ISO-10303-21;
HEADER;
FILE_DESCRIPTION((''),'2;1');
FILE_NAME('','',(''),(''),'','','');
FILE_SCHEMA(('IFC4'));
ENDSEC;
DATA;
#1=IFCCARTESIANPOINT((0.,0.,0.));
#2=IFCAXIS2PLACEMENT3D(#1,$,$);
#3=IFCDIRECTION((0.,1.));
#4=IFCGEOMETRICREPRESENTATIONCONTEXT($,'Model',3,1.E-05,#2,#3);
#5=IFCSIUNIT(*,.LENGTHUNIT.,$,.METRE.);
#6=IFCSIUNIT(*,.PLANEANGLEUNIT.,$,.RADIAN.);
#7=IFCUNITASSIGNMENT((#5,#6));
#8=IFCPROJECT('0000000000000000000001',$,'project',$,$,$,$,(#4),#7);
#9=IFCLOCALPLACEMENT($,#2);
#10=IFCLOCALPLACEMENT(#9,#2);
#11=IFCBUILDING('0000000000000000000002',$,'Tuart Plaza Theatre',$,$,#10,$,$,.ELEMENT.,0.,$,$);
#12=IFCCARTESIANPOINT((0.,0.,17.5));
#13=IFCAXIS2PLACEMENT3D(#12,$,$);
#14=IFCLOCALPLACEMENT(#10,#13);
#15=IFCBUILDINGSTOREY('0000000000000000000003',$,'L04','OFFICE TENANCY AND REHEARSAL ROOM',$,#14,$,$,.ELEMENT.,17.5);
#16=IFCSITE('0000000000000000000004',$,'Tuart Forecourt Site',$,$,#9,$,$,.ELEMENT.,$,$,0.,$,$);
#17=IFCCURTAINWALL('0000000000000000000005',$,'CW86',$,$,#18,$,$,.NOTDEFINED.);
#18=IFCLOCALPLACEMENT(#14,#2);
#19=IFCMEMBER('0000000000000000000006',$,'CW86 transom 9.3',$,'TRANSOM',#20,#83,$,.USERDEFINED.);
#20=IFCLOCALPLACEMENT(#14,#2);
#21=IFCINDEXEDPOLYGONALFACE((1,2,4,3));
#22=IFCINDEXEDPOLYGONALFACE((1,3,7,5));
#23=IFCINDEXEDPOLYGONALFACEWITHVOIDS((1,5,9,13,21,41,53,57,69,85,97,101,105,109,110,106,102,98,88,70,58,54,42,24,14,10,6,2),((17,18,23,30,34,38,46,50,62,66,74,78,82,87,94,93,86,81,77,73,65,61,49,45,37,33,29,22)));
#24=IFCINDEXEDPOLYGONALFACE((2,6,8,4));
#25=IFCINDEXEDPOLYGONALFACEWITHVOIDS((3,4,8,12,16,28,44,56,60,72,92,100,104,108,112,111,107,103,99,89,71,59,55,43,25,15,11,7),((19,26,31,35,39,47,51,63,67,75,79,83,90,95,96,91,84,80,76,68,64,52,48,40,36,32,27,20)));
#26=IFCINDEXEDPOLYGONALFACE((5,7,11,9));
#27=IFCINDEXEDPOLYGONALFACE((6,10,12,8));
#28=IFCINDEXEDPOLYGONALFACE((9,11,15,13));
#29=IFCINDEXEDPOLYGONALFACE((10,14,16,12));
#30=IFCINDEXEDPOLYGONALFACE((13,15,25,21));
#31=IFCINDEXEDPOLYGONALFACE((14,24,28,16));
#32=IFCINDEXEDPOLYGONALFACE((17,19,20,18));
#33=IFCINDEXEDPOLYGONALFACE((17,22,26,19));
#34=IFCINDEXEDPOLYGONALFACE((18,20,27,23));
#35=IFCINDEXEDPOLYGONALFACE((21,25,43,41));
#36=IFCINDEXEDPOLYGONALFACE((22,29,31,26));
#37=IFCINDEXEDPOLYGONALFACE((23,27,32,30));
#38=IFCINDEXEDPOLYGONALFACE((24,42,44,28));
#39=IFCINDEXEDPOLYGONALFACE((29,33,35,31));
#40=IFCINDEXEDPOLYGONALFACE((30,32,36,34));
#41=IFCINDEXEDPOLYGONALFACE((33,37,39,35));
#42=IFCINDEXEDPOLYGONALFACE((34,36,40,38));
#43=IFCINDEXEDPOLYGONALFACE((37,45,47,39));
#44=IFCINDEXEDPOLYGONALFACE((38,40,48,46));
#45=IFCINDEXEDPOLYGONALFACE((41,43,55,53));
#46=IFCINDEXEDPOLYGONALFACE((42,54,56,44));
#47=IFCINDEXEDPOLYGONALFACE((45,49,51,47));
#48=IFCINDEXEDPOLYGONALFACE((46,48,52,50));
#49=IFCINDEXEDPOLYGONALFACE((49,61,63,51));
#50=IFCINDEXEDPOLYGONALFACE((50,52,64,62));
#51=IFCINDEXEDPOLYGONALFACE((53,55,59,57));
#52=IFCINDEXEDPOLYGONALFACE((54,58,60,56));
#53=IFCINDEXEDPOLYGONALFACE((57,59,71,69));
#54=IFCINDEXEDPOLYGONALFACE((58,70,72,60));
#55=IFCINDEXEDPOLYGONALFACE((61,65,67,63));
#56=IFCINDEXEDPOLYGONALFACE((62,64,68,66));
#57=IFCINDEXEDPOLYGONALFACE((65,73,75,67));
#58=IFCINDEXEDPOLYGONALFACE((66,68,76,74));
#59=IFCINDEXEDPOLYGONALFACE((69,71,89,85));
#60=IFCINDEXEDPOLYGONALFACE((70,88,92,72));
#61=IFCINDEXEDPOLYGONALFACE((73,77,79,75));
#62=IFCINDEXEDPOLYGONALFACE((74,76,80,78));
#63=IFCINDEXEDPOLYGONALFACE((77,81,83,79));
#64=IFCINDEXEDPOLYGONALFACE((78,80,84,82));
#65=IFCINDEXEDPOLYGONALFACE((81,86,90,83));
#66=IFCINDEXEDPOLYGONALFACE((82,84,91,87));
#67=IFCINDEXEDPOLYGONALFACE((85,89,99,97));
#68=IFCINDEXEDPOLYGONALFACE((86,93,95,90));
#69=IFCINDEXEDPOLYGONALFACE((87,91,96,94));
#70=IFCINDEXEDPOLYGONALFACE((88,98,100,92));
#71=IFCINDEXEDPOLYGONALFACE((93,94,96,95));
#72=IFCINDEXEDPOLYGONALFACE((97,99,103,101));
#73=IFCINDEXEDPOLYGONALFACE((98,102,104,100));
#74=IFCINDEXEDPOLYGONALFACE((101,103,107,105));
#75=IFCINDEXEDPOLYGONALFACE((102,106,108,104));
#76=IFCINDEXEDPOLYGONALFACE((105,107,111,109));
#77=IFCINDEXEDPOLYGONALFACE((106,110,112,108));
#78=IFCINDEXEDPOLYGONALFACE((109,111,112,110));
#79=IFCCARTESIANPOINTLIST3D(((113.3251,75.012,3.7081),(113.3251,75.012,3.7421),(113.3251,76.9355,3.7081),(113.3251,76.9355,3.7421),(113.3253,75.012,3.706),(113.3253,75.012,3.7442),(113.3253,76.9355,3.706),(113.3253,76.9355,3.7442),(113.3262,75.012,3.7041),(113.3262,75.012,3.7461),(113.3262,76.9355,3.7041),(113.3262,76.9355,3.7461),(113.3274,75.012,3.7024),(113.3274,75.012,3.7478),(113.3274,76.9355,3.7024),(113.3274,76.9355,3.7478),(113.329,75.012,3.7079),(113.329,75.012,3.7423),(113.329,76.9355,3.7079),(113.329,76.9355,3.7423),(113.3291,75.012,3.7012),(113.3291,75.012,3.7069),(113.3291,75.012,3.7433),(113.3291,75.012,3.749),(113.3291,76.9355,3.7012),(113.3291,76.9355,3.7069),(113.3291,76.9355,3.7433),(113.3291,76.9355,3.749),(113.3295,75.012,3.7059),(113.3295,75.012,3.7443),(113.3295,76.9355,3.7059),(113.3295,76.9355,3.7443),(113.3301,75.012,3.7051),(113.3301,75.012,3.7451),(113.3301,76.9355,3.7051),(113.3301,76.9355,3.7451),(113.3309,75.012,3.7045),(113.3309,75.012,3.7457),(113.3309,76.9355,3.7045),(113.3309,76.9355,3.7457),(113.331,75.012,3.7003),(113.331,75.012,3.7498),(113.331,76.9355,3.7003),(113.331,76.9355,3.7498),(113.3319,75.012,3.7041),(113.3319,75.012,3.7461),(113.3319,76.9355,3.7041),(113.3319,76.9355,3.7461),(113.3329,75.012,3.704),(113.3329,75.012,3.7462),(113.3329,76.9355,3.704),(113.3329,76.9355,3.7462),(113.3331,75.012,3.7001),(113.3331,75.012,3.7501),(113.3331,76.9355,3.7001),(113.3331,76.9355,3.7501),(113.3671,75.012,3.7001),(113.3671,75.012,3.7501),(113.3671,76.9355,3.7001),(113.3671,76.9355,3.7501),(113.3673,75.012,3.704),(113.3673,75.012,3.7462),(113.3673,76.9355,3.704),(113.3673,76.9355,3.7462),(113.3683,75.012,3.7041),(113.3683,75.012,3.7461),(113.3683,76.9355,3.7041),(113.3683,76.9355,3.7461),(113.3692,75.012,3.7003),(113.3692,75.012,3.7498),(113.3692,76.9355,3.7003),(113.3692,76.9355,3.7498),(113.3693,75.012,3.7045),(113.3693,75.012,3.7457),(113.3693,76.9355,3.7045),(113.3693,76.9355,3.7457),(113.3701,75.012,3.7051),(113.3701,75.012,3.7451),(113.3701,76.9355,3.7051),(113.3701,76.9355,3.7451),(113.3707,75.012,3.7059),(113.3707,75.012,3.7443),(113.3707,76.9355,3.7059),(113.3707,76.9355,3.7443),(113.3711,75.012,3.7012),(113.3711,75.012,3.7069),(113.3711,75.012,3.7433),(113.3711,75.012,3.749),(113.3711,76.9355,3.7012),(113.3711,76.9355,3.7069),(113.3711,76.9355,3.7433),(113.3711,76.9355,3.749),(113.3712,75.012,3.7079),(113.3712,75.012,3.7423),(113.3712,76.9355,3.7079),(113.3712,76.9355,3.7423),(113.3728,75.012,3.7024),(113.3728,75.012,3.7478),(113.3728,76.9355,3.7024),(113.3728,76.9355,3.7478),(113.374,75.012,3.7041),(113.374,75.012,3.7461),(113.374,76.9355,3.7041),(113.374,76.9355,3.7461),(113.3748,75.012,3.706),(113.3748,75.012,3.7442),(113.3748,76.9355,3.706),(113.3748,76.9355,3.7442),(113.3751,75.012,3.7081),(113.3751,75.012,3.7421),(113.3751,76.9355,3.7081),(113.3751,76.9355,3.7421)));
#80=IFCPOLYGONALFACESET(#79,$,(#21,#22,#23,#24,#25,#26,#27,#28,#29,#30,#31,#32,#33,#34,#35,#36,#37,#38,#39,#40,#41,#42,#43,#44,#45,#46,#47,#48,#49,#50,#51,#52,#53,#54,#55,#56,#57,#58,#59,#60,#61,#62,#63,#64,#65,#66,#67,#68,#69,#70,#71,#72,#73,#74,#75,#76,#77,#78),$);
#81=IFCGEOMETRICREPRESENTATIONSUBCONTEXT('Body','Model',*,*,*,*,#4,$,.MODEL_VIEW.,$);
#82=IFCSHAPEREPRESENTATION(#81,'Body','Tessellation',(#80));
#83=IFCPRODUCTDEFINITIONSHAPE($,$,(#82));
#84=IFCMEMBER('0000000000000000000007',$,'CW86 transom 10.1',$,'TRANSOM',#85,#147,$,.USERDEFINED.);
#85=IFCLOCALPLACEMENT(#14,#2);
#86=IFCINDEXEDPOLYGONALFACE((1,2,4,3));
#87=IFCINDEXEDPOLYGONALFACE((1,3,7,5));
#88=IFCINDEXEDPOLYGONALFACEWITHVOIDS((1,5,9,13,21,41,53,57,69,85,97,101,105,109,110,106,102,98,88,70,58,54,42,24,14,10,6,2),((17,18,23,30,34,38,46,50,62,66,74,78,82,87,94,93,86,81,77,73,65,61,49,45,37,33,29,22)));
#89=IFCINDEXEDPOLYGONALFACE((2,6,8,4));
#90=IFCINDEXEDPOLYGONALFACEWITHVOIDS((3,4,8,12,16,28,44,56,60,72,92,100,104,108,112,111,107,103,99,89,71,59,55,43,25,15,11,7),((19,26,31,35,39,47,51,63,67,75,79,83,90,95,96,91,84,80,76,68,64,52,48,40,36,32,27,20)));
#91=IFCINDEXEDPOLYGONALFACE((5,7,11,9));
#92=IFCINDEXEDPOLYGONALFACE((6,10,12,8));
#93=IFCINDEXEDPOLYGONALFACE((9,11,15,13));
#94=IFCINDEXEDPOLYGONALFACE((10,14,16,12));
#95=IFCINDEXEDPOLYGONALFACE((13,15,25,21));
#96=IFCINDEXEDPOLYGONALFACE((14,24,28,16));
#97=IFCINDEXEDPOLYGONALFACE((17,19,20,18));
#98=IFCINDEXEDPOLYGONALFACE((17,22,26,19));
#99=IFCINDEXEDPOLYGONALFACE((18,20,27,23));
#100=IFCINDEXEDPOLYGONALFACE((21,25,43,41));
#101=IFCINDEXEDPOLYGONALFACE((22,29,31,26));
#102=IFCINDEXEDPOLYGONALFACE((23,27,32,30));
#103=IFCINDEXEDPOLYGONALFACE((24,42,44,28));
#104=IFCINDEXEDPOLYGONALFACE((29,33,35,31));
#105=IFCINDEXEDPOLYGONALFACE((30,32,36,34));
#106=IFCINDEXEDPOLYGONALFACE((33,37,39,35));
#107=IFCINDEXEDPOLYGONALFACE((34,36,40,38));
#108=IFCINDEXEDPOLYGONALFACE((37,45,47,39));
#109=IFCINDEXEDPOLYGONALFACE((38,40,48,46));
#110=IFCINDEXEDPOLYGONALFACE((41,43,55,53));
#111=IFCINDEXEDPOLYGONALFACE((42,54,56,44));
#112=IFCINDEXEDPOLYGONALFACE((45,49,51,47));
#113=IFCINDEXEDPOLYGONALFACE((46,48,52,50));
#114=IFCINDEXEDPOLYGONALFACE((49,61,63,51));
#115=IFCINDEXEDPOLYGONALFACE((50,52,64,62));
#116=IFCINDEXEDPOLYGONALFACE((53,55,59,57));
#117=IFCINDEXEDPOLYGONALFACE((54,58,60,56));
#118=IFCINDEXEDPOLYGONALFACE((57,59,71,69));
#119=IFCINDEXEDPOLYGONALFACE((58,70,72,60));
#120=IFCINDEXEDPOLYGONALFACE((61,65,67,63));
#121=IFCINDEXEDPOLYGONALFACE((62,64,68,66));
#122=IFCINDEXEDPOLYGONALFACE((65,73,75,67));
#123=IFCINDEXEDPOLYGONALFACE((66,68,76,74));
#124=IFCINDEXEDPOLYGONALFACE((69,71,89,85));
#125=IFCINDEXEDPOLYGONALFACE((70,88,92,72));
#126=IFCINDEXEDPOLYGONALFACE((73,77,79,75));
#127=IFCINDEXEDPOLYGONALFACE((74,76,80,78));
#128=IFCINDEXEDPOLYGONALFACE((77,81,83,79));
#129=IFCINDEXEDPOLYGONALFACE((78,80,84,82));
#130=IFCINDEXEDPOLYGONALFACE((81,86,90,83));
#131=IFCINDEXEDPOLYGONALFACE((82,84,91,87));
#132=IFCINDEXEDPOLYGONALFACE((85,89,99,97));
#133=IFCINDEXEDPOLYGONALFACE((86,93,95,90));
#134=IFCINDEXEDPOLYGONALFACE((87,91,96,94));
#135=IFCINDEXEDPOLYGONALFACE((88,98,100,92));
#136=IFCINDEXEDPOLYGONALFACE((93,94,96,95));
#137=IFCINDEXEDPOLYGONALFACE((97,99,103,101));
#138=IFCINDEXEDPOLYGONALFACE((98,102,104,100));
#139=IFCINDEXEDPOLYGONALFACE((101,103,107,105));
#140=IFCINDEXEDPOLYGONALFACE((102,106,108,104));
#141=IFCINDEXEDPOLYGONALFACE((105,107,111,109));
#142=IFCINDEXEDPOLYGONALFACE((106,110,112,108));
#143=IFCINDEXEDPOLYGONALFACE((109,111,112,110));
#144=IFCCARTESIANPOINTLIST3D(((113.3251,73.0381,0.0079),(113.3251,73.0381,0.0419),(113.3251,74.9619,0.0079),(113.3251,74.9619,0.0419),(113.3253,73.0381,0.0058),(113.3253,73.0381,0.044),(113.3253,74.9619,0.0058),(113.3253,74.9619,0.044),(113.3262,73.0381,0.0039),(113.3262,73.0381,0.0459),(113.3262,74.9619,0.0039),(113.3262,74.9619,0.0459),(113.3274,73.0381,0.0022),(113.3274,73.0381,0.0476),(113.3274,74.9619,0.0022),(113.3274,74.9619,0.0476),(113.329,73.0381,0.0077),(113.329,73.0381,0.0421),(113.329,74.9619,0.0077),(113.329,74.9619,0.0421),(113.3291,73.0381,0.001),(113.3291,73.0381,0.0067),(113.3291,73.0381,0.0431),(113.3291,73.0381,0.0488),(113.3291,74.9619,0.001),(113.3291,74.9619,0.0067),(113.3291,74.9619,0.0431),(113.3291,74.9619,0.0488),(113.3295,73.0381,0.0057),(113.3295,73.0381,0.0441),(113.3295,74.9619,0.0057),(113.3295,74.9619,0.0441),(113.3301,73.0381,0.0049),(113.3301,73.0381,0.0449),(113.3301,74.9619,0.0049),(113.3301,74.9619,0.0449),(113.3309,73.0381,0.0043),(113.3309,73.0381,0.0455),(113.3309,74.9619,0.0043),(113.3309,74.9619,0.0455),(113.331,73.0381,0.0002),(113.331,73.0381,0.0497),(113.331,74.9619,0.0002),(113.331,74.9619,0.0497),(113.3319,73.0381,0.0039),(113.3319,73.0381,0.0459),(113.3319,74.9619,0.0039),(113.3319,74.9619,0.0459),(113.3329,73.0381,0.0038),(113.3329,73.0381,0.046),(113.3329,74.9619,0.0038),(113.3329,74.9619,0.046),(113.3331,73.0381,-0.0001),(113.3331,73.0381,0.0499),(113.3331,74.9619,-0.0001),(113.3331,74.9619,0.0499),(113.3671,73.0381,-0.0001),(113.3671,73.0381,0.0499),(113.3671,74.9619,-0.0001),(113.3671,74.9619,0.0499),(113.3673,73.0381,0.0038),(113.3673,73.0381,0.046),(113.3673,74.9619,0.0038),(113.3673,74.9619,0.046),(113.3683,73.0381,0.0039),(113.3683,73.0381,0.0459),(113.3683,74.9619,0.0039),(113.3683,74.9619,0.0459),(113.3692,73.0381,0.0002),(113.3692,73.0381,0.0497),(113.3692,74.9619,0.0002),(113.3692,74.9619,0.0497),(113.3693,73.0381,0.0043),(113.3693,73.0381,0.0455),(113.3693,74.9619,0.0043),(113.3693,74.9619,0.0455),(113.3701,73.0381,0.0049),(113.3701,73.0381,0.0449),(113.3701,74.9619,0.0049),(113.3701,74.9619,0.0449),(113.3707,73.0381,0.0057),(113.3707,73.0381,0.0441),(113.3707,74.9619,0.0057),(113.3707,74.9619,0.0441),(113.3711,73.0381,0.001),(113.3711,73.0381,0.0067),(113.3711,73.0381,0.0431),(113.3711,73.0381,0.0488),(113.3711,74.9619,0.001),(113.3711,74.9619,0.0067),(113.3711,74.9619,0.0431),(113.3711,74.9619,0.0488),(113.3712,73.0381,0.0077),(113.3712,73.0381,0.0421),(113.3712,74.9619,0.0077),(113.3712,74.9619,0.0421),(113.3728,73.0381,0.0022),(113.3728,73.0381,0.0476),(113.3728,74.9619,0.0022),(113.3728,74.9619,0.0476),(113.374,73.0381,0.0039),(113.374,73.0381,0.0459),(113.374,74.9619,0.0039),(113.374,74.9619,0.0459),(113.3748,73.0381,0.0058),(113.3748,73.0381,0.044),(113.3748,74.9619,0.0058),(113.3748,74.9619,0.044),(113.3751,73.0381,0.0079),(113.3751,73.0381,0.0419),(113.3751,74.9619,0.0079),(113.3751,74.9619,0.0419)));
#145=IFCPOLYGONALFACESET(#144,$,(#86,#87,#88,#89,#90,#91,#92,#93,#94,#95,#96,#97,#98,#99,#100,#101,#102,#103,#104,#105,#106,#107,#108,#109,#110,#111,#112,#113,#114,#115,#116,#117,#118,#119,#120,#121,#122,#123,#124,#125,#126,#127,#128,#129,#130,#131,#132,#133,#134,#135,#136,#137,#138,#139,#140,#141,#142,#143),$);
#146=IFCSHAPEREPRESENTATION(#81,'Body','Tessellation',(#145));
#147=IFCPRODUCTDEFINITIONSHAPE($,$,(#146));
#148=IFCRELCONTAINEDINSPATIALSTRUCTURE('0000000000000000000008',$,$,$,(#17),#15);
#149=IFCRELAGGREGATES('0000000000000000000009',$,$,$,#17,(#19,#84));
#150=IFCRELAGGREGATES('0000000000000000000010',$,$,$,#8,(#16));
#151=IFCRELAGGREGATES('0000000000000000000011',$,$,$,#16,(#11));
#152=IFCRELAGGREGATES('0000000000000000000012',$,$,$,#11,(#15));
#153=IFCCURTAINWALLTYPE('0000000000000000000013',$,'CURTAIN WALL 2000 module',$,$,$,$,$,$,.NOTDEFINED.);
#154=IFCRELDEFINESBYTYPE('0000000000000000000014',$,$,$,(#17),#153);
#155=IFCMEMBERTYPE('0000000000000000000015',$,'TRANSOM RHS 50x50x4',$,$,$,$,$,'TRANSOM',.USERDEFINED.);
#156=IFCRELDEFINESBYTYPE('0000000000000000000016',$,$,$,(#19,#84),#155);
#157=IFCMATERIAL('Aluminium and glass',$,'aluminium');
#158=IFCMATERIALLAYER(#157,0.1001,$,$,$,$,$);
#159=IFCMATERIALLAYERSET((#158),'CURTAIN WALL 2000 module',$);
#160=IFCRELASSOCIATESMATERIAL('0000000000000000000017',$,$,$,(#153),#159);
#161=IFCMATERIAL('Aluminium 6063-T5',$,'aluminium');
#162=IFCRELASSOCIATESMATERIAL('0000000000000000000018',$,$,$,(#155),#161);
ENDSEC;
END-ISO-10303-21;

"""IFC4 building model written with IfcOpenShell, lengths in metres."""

from ifc_helpers import new_model, si_unit, direction, frame, origin, origin_2d, place, context, subcontext, project, spatial, hollow_rectangle, extrude, material, layer, layer_set, material_profile, profile_set, type_object, element, aggregate, save


model = new_model("IFC4")

# Units and contexts
model_context = context("Model", 3, precision=1e-05, world=origin(), true_north=direction((0.0, 1.0)))
body_context = subcontext(model_context, "Body", "Model", "MODEL_VIEW")
ifc_project = project(units=[si_unit("LENGTHUNIT", "METRE"), si_unit("PLANEANGLEUNIT", "RADIAN")], contexts=[model_context])

# Site, building, storey
site_placement = place(None, origin())
site = spatial("IfcSite", under=ifc_project, at=site_placement, Name="Tuart Forecourt Site", CompositionType="ELEMENT", RefElevation=0.0)
building_placement = place(site_placement, origin())
building = spatial("IfcBuilding", under=site, at=building_placement, Name="Tuart Plaza Theatre", CompositionType="ELEMENT", ElevationOfRefHeight=0.0)
storey_placement = place(building_placement, frame((0.0, 0.0, 17.5)))
storey = spatial("IfcBuildingStorey", under=building, at=storey_placement, Name="L04", Description="OFFICE TENANCY AND REHEARSAL ROOM", CompositionType="ELEMENT", Elevation=17.5)

# Curtain wall, members
ifc_material_1 = material(Name="Aluminium and glass", Category="aluminium")
ifc_layer_1 = layer(ifc_material_1, 0.1001)
ifc_layer_set_1 = layer_set([ifc_layer_1], Name="CURTAIN WALL 2000 module")
curtain_wall_type = type_object("IfcCurtainWallType", Name="CURTAIN WALL 2000 module", PredefinedType="NOTDEFINED", material=ifc_layer_set_1)
curtain_wall_placement = place(storey_placement, origin())
curtain_wall = element("IfcCurtainWall", 1, at=curtain_wall_placement, inside=storey, type_object=curtain_wall_type, Name="CW86", PredefinedType="NOTDEFINED")
ifc_material_2 = material(Name="Aluminium 6063-T5", Category="aluminium")
ifc_material_profile_1 = material_profile(ifc_material_2, hollow_rectangle(XDim=0.05, YDim=0.05, WallThickness=0.0039, InnerFilletRadius=0.0039, OuterFilletRadius=0.0081, at=origin_2d()), Name="RHS 50x50x4")
ifc_profile_set_1 = profile_set([ifc_material_profile_1], Name="Aluminium 6063-T5")
member_type_1 = type_object("IfcMemberType", Name="TRANSOM RHS 50x50x4", ElementType="TRANSOM", PredefinedType="USERDEFINED", material=ifc_profile_set_1)
member_1_placement = place(storey_placement, frame((113.3501, 76.9355, 3.7251), z_axis=(0.0, -1.0, 0.0), x_axis=(1.0, 0.0, 0.0)))
member_1 = element("IfcMember", 2, at=member_1_placement, type_object=member_type_1, Name="CW86 transom 9.3", ObjectType="TRANSOM", PredefinedType="USERDEFINED", context=body_context, shape_type="SweptSolid", body=[
    extrude(hollow_rectangle(XDim=0.05, YDim=0.05, WallThickness=0.0039, InnerFilletRadius=0.0039, OuterFilletRadius=0.0081, at=origin_2d()), origin(), (0.0, 0.0, 1.0), 1.9236),
])
member_2_placement = place(storey_placement, frame((113.3501, 74.9619, 0.0249), z_axis=(0.0, -1.0, 0.0), x_axis=(1.0, 0.0, 0.0)))
member_2 = element("IfcMember", 3, at=member_2_placement, type_object=member_type_1, Name="CW86 transom 10.1", ObjectType="TRANSOM", PredefinedType="USERDEFINED", context=body_context, shape_type="SweptSolid", body=[
    extrude(hollow_rectangle(XDim=0.05, YDim=0.05, WallThickness=0.0039, InnerFilletRadius=0.0039, OuterFilletRadius=0.0081, at=origin_2d()), origin(), (0.0, 0.0, 1.0), 1.9238),
])
aggregate(curtain_wall, [member_1, member_2])

save(model, "model.ifc")
